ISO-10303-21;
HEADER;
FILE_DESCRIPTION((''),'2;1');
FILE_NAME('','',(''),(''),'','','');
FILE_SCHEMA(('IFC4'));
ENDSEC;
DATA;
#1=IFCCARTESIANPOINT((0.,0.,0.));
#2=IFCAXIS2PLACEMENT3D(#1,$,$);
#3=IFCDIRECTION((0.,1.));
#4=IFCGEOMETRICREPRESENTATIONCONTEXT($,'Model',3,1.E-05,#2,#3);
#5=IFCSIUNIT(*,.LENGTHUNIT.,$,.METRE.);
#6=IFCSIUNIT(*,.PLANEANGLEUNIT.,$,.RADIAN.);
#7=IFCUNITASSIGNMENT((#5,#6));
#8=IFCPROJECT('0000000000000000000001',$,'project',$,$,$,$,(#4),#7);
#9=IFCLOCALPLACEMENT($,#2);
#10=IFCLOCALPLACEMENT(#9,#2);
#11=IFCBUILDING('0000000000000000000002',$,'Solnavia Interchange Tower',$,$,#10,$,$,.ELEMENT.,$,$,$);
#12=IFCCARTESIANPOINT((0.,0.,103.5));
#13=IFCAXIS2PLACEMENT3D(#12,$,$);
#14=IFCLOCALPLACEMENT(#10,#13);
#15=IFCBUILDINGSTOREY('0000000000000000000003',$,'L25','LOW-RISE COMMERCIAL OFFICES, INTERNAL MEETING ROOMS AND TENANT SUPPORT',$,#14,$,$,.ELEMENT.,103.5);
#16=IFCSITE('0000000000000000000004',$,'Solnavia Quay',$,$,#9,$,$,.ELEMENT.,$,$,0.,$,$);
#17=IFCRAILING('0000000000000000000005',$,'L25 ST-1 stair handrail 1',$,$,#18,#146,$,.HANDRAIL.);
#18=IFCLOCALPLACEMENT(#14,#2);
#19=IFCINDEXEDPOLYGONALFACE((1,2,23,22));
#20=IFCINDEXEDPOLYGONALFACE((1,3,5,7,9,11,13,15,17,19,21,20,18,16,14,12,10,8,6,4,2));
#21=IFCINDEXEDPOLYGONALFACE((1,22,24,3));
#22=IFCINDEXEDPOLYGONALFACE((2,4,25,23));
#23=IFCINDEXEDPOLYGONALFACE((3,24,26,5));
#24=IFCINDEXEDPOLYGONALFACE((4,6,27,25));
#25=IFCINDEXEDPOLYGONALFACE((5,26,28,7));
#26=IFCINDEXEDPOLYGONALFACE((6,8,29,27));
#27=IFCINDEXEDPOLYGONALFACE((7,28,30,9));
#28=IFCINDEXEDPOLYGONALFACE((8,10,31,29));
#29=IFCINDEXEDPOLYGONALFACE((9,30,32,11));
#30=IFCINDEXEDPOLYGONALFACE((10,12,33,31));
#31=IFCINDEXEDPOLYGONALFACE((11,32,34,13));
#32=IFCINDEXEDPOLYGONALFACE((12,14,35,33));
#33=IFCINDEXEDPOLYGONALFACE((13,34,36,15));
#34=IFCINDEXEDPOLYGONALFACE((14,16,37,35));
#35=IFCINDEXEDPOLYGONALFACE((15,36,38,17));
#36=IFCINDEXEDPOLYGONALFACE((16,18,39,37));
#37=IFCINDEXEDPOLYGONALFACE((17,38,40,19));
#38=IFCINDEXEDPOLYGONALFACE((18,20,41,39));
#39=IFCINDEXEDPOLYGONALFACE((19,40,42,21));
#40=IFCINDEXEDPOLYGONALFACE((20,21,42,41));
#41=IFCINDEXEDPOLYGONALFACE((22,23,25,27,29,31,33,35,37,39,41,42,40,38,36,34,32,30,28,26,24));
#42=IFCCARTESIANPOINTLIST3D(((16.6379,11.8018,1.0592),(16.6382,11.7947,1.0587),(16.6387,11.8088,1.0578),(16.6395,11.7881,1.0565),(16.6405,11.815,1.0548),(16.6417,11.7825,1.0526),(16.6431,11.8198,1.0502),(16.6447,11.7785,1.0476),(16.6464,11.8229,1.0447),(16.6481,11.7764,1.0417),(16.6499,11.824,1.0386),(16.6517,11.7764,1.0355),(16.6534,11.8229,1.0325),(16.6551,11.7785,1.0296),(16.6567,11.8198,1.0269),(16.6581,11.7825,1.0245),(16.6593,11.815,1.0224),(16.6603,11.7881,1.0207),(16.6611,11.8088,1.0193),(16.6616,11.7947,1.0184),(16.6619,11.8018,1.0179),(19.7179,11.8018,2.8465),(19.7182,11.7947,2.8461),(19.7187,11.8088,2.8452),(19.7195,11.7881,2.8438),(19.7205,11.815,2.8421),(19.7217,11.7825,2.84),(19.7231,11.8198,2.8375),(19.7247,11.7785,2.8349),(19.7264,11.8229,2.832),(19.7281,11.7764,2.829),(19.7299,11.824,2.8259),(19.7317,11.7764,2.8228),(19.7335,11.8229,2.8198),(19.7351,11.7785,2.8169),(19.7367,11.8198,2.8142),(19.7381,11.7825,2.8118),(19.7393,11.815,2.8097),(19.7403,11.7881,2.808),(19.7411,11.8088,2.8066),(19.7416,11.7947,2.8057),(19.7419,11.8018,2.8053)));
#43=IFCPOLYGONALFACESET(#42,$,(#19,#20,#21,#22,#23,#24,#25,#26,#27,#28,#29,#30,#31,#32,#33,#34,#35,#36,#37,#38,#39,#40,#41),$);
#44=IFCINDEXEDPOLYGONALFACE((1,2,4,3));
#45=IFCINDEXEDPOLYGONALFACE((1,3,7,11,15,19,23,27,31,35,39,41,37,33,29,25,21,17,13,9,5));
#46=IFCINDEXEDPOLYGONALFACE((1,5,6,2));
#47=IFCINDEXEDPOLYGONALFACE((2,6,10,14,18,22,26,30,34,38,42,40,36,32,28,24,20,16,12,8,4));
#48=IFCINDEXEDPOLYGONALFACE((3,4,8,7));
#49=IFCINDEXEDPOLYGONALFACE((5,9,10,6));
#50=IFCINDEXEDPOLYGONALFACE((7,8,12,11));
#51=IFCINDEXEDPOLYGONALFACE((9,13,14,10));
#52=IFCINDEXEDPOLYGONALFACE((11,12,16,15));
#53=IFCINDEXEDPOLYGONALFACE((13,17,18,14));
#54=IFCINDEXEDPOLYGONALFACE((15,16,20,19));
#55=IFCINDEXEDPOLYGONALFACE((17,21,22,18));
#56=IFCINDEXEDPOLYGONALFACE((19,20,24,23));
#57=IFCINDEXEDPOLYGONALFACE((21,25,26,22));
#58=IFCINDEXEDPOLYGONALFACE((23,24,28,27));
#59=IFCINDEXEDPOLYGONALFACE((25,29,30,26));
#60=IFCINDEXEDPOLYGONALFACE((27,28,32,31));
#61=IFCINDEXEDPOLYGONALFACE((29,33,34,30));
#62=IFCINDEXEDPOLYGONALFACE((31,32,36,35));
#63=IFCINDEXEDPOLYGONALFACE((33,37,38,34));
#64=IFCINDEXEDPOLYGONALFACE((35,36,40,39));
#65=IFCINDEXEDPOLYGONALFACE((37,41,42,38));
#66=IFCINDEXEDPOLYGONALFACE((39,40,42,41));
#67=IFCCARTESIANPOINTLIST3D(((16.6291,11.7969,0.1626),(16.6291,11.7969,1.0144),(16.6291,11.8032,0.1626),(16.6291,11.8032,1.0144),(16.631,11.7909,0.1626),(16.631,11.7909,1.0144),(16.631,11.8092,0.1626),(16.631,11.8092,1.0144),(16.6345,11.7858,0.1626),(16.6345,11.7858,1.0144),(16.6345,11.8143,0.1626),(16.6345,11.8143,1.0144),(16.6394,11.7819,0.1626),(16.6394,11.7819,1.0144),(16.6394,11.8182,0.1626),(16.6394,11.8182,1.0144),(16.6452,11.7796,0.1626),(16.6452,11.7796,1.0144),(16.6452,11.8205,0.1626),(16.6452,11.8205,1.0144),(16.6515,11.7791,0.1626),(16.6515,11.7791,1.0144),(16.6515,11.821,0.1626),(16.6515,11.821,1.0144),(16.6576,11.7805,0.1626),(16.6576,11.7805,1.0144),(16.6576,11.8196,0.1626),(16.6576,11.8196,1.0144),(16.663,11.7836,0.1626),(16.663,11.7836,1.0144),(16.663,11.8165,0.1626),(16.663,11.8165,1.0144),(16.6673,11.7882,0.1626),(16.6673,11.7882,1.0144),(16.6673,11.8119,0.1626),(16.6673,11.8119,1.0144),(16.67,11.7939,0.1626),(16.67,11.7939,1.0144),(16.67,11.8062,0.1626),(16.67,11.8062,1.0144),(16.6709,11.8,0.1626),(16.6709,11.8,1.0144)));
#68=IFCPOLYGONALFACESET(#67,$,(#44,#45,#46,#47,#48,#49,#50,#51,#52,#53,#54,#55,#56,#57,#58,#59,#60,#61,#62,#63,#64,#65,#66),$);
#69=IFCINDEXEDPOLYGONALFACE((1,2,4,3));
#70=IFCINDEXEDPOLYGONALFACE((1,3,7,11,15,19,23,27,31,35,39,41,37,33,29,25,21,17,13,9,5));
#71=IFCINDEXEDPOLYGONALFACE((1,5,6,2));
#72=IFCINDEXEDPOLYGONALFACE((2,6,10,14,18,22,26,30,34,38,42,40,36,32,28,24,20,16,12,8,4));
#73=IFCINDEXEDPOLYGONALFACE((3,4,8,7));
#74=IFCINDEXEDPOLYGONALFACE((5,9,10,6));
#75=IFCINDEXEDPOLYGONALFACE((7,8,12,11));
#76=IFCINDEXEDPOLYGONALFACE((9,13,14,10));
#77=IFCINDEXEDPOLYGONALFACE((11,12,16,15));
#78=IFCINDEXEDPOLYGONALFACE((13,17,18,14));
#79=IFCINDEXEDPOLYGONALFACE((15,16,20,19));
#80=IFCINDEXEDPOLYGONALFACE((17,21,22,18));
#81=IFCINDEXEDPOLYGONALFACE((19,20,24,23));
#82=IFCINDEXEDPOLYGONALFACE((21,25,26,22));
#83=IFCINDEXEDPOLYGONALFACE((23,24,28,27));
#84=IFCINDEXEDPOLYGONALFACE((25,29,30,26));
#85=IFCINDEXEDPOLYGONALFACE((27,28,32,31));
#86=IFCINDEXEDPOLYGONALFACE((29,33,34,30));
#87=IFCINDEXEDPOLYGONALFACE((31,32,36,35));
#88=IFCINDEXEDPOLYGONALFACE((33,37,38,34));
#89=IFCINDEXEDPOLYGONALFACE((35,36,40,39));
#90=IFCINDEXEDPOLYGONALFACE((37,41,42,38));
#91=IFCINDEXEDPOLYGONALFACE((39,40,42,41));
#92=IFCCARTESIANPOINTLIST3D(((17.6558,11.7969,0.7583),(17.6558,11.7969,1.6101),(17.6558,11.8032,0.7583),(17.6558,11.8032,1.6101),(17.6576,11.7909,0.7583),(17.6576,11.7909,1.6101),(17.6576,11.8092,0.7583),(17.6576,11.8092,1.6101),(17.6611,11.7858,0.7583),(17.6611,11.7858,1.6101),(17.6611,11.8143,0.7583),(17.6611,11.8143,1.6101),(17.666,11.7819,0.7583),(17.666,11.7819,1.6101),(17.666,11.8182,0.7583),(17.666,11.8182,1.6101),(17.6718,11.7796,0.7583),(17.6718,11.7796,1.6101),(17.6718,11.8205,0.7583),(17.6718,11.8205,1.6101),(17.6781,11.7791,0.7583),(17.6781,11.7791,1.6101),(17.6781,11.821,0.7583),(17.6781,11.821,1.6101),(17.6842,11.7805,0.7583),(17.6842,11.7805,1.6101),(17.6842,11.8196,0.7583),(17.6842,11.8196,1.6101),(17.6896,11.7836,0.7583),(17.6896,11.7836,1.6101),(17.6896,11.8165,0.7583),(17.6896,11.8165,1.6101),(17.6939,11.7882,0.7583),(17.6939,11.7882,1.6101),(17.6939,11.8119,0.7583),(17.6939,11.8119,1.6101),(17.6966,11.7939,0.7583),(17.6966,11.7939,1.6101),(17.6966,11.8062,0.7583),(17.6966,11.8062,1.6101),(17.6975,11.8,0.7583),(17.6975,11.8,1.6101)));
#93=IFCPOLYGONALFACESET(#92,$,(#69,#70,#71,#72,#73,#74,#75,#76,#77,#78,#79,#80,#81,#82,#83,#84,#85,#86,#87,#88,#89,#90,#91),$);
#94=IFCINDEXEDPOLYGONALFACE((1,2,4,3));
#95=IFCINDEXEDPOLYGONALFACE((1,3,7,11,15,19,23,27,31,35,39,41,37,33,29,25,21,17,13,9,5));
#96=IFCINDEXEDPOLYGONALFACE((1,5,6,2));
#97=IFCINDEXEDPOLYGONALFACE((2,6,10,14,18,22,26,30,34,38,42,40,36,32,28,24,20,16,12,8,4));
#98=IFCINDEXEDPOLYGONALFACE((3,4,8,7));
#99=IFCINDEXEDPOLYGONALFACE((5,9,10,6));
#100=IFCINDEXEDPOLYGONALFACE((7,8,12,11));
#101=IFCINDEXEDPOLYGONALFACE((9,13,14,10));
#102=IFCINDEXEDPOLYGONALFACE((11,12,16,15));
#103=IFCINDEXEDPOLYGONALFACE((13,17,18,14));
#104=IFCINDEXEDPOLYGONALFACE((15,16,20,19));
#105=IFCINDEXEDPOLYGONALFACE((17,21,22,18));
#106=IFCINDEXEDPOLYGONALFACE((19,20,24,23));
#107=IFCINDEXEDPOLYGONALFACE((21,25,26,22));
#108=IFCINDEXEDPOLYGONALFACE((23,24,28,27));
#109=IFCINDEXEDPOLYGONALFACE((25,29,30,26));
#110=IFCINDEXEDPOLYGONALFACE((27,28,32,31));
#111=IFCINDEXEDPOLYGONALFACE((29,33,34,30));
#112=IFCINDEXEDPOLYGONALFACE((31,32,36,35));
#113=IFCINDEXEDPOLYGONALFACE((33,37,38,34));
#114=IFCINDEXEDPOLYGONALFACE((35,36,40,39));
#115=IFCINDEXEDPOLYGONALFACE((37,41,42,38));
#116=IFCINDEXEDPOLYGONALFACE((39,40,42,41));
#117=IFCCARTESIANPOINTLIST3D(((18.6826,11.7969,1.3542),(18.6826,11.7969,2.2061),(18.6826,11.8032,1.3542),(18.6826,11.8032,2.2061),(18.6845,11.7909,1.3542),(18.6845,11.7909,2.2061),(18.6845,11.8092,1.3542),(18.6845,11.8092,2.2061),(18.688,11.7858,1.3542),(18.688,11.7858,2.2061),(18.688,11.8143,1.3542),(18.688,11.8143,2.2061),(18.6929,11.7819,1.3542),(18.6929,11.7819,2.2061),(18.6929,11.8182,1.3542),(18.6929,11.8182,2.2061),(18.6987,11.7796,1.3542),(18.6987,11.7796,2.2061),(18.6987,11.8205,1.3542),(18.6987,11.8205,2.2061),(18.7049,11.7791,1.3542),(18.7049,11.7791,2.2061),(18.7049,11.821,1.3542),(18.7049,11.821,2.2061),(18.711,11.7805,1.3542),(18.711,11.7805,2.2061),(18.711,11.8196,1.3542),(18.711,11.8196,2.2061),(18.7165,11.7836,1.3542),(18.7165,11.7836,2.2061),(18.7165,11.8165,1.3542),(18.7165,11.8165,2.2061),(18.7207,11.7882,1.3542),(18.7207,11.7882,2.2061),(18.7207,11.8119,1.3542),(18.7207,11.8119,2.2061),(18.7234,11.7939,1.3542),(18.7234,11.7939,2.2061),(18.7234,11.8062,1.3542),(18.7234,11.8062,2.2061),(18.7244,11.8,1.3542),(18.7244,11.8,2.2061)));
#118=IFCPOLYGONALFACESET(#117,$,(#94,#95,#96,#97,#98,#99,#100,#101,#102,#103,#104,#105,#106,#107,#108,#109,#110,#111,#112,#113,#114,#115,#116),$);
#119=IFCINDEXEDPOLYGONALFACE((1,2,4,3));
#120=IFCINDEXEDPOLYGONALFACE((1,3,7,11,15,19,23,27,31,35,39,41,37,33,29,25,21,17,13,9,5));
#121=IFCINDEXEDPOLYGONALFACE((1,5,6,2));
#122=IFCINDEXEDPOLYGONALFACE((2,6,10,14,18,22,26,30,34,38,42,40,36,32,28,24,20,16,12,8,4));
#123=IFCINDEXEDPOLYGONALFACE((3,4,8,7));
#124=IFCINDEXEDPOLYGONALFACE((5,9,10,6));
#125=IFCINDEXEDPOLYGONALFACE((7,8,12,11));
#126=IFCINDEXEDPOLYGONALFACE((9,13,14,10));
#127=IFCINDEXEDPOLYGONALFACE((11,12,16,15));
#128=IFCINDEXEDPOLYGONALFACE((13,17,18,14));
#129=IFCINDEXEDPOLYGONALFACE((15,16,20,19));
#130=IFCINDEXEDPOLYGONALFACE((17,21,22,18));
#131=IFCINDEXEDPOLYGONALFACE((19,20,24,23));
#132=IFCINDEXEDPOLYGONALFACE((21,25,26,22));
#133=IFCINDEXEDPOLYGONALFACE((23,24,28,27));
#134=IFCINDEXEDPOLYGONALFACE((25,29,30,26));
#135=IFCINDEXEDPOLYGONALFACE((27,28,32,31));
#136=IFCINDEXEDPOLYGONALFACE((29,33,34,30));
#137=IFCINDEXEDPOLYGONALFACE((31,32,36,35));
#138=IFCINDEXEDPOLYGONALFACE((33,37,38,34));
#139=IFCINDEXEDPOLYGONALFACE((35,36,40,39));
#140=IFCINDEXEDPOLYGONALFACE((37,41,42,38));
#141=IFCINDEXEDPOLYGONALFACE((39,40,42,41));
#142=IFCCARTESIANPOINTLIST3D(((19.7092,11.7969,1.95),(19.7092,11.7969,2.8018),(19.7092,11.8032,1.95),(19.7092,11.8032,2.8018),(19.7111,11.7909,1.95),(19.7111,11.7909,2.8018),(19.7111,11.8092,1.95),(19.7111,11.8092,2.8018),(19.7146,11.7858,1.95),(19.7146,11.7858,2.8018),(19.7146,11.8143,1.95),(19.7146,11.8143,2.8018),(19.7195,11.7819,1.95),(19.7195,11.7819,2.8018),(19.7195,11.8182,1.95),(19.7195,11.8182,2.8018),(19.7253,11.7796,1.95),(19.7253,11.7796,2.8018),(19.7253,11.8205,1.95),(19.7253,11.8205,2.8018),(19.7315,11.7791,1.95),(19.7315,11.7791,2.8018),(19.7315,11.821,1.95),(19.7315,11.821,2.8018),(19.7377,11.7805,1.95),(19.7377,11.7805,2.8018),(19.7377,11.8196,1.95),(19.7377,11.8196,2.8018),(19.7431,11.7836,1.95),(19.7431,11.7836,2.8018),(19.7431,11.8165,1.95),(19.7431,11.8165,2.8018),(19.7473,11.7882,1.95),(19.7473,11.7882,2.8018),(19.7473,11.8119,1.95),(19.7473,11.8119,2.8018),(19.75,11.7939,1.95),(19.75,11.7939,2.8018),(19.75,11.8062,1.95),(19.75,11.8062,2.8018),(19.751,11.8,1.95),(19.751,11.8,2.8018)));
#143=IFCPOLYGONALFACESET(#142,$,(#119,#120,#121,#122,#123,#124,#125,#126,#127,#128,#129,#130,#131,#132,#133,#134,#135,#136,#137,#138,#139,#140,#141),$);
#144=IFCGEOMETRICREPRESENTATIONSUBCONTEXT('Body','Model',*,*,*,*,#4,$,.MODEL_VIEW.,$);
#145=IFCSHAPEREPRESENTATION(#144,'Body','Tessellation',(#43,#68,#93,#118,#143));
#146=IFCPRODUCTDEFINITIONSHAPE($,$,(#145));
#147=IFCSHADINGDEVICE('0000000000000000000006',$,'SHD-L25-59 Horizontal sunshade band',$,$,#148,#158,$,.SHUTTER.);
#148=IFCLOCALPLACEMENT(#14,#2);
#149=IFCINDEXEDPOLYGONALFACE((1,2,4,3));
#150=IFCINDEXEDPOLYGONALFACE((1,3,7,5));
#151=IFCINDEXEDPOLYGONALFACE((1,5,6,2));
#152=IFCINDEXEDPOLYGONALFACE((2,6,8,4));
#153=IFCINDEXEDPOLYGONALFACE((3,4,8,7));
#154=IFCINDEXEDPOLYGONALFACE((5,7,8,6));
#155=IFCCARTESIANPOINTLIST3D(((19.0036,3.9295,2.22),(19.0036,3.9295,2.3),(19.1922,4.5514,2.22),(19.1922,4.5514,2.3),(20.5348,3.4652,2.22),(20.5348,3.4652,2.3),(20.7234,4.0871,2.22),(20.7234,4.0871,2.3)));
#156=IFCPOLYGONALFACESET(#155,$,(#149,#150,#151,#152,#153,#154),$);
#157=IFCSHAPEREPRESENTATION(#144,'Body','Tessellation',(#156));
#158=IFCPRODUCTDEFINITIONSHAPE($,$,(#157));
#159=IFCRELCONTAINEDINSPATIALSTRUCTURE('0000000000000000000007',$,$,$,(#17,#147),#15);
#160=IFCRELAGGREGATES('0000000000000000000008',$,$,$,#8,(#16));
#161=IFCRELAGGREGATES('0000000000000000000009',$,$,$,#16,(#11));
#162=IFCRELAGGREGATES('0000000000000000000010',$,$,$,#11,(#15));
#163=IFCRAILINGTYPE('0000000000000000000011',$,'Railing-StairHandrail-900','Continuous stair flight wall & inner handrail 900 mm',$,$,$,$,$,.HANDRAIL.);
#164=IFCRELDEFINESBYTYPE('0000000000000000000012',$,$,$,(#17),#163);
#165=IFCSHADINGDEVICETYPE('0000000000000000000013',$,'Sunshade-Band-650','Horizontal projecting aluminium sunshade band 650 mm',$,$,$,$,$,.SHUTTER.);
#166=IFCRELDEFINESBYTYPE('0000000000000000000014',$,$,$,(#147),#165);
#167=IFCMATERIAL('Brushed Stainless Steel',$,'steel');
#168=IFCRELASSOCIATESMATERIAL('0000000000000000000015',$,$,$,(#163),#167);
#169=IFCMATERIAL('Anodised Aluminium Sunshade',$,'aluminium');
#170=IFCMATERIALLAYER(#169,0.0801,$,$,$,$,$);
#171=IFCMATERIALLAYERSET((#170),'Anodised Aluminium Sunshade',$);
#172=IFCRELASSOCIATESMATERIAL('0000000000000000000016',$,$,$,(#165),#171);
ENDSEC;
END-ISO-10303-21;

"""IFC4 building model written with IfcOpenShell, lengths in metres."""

from ifc_helpers import new_model, si_unit, direction, frame, origin, origin_2d, place, context, subcontext, project, spatial, rectangle, circle, extrude, material, layer, layer_set, type_object, element, save


model = new_model("IFC4")

# Units and contexts
model_context = context("Model", 3, precision=1e-05, world=origin(), true_north=direction((0.0, 1.0)))
body_context = subcontext(model_context, "Body", "Model", "MODEL_VIEW")
ifc_project = project(units=[si_unit("LENGTHUNIT", "METRE"), si_unit("PLANEANGLEUNIT", "RADIAN")], contexts=[model_context])

# Site, building, storey
site_placement = place(None, origin())
site = spatial("IfcSite", under=ifc_project, at=site_placement, Name="Solnavia Quay", CompositionType="ELEMENT", RefElevation=0.0)
building_placement = place(site_placement, origin())
building = spatial("IfcBuilding", under=site, at=building_placement, Name="Solnavia Interchange Tower", CompositionType="ELEMENT")
storey_placement = place(building_placement, frame((0.0, 0.0, 103.5)))
storey = spatial("IfcBuildingStorey", under=building, at=storey_placement, Name="L25", Description="LOW-RISE COMMERCIAL OFFICES, INTERNAL MEETING ROOMS AND TENANT SUPPORT", CompositionType="ELEMENT", Elevation=103.5)

# Railing
ifc_material_1 = material(Name="Brushed Stainless Steel", Category="steel")
railing_type_1 = type_object("IfcRailingType", Name="Railing-StairHandrail-900", Description="Continuous stair flight wall & inner handrail 900 mm", PredefinedType="HANDRAIL", material=ifc_material_1)
railing_1_placement = place(storey_placement, frame((16.6499, 11.8, 0.1626)))
element("IfcRailing", 1, at=railing_1_placement, inside=storey, type_object=railing_type_1, Name="L25 ST-1 stair handrail 1", PredefinedType="HANDRAIL", context=body_context, shape_type="SweptSolid", body=[
    extrude(circle(Radius=0.0239, at=origin_2d()), frame((0.0, 0.0, 0.876), z_axis=(0.86492, 0.0, 0.501909), x_axis=(0.0, 1.0, 0.0)), (0.0, 0.0, 1.0), 3.561),
    extrude(circle(Radius=0.021, at=origin_2d()), origin(), (0.0, 0.0, 1.0), 0.8518),
    extrude(circle(Radius=0.021, at=origin_2d()), frame((1.0266, 0.0, 0.5957)), (0.0, 0.0, 1.0), 0.8518),
    extrude(circle(Radius=0.021, at=origin_2d()), frame((2.0535, 0.0, 1.1917)), (0.0, 0.0, 1.0), 0.8518),
    extrude(circle(Radius=0.021, at=origin_2d()), frame((3.0801, 0.0, 1.7874)), (0.0, 0.0, 1.0), 0.8518),
])

# Shading device
ifc_material_2 = material(Name="Anodised Aluminium Sunshade", Category="aluminium")
ifc_layer_1 = layer(ifc_material_2, 0.0801)
ifc_layer_set_1 = layer_set([ifc_layer_1], Name="Anodised Aluminium Sunshade")
shading_device_type = type_object("IfcShadingDeviceType", Name="Sunshade-Band-650", Description="Horizontal projecting aluminium sunshade band 650 mm", PredefinedType="SHUTTER", material=ifc_layer_set_1)
shading_device_placement = place(storey_placement, frame((19.8635, 4.0083, 2.22), z_axis=(0.0, 0.0, 1.0), x_axis=(-0.956966, 0.290201, 0.0)))
element("IfcShadingDevice", 2, at=shading_device_placement, inside=storey, type_object=shading_device_type, Name="SHD-L25-59 Horizontal sunshade band", PredefinedType="SHUTTER", context=body_context, shape_type="SweptSolid", body=[
    extrude(rectangle(XDim=1.6001, YDim=0.6499, at=origin_2d()), origin(), (0.0, 0.0, 1.0), 0.0801),
])

save(model, "model.ifc")
